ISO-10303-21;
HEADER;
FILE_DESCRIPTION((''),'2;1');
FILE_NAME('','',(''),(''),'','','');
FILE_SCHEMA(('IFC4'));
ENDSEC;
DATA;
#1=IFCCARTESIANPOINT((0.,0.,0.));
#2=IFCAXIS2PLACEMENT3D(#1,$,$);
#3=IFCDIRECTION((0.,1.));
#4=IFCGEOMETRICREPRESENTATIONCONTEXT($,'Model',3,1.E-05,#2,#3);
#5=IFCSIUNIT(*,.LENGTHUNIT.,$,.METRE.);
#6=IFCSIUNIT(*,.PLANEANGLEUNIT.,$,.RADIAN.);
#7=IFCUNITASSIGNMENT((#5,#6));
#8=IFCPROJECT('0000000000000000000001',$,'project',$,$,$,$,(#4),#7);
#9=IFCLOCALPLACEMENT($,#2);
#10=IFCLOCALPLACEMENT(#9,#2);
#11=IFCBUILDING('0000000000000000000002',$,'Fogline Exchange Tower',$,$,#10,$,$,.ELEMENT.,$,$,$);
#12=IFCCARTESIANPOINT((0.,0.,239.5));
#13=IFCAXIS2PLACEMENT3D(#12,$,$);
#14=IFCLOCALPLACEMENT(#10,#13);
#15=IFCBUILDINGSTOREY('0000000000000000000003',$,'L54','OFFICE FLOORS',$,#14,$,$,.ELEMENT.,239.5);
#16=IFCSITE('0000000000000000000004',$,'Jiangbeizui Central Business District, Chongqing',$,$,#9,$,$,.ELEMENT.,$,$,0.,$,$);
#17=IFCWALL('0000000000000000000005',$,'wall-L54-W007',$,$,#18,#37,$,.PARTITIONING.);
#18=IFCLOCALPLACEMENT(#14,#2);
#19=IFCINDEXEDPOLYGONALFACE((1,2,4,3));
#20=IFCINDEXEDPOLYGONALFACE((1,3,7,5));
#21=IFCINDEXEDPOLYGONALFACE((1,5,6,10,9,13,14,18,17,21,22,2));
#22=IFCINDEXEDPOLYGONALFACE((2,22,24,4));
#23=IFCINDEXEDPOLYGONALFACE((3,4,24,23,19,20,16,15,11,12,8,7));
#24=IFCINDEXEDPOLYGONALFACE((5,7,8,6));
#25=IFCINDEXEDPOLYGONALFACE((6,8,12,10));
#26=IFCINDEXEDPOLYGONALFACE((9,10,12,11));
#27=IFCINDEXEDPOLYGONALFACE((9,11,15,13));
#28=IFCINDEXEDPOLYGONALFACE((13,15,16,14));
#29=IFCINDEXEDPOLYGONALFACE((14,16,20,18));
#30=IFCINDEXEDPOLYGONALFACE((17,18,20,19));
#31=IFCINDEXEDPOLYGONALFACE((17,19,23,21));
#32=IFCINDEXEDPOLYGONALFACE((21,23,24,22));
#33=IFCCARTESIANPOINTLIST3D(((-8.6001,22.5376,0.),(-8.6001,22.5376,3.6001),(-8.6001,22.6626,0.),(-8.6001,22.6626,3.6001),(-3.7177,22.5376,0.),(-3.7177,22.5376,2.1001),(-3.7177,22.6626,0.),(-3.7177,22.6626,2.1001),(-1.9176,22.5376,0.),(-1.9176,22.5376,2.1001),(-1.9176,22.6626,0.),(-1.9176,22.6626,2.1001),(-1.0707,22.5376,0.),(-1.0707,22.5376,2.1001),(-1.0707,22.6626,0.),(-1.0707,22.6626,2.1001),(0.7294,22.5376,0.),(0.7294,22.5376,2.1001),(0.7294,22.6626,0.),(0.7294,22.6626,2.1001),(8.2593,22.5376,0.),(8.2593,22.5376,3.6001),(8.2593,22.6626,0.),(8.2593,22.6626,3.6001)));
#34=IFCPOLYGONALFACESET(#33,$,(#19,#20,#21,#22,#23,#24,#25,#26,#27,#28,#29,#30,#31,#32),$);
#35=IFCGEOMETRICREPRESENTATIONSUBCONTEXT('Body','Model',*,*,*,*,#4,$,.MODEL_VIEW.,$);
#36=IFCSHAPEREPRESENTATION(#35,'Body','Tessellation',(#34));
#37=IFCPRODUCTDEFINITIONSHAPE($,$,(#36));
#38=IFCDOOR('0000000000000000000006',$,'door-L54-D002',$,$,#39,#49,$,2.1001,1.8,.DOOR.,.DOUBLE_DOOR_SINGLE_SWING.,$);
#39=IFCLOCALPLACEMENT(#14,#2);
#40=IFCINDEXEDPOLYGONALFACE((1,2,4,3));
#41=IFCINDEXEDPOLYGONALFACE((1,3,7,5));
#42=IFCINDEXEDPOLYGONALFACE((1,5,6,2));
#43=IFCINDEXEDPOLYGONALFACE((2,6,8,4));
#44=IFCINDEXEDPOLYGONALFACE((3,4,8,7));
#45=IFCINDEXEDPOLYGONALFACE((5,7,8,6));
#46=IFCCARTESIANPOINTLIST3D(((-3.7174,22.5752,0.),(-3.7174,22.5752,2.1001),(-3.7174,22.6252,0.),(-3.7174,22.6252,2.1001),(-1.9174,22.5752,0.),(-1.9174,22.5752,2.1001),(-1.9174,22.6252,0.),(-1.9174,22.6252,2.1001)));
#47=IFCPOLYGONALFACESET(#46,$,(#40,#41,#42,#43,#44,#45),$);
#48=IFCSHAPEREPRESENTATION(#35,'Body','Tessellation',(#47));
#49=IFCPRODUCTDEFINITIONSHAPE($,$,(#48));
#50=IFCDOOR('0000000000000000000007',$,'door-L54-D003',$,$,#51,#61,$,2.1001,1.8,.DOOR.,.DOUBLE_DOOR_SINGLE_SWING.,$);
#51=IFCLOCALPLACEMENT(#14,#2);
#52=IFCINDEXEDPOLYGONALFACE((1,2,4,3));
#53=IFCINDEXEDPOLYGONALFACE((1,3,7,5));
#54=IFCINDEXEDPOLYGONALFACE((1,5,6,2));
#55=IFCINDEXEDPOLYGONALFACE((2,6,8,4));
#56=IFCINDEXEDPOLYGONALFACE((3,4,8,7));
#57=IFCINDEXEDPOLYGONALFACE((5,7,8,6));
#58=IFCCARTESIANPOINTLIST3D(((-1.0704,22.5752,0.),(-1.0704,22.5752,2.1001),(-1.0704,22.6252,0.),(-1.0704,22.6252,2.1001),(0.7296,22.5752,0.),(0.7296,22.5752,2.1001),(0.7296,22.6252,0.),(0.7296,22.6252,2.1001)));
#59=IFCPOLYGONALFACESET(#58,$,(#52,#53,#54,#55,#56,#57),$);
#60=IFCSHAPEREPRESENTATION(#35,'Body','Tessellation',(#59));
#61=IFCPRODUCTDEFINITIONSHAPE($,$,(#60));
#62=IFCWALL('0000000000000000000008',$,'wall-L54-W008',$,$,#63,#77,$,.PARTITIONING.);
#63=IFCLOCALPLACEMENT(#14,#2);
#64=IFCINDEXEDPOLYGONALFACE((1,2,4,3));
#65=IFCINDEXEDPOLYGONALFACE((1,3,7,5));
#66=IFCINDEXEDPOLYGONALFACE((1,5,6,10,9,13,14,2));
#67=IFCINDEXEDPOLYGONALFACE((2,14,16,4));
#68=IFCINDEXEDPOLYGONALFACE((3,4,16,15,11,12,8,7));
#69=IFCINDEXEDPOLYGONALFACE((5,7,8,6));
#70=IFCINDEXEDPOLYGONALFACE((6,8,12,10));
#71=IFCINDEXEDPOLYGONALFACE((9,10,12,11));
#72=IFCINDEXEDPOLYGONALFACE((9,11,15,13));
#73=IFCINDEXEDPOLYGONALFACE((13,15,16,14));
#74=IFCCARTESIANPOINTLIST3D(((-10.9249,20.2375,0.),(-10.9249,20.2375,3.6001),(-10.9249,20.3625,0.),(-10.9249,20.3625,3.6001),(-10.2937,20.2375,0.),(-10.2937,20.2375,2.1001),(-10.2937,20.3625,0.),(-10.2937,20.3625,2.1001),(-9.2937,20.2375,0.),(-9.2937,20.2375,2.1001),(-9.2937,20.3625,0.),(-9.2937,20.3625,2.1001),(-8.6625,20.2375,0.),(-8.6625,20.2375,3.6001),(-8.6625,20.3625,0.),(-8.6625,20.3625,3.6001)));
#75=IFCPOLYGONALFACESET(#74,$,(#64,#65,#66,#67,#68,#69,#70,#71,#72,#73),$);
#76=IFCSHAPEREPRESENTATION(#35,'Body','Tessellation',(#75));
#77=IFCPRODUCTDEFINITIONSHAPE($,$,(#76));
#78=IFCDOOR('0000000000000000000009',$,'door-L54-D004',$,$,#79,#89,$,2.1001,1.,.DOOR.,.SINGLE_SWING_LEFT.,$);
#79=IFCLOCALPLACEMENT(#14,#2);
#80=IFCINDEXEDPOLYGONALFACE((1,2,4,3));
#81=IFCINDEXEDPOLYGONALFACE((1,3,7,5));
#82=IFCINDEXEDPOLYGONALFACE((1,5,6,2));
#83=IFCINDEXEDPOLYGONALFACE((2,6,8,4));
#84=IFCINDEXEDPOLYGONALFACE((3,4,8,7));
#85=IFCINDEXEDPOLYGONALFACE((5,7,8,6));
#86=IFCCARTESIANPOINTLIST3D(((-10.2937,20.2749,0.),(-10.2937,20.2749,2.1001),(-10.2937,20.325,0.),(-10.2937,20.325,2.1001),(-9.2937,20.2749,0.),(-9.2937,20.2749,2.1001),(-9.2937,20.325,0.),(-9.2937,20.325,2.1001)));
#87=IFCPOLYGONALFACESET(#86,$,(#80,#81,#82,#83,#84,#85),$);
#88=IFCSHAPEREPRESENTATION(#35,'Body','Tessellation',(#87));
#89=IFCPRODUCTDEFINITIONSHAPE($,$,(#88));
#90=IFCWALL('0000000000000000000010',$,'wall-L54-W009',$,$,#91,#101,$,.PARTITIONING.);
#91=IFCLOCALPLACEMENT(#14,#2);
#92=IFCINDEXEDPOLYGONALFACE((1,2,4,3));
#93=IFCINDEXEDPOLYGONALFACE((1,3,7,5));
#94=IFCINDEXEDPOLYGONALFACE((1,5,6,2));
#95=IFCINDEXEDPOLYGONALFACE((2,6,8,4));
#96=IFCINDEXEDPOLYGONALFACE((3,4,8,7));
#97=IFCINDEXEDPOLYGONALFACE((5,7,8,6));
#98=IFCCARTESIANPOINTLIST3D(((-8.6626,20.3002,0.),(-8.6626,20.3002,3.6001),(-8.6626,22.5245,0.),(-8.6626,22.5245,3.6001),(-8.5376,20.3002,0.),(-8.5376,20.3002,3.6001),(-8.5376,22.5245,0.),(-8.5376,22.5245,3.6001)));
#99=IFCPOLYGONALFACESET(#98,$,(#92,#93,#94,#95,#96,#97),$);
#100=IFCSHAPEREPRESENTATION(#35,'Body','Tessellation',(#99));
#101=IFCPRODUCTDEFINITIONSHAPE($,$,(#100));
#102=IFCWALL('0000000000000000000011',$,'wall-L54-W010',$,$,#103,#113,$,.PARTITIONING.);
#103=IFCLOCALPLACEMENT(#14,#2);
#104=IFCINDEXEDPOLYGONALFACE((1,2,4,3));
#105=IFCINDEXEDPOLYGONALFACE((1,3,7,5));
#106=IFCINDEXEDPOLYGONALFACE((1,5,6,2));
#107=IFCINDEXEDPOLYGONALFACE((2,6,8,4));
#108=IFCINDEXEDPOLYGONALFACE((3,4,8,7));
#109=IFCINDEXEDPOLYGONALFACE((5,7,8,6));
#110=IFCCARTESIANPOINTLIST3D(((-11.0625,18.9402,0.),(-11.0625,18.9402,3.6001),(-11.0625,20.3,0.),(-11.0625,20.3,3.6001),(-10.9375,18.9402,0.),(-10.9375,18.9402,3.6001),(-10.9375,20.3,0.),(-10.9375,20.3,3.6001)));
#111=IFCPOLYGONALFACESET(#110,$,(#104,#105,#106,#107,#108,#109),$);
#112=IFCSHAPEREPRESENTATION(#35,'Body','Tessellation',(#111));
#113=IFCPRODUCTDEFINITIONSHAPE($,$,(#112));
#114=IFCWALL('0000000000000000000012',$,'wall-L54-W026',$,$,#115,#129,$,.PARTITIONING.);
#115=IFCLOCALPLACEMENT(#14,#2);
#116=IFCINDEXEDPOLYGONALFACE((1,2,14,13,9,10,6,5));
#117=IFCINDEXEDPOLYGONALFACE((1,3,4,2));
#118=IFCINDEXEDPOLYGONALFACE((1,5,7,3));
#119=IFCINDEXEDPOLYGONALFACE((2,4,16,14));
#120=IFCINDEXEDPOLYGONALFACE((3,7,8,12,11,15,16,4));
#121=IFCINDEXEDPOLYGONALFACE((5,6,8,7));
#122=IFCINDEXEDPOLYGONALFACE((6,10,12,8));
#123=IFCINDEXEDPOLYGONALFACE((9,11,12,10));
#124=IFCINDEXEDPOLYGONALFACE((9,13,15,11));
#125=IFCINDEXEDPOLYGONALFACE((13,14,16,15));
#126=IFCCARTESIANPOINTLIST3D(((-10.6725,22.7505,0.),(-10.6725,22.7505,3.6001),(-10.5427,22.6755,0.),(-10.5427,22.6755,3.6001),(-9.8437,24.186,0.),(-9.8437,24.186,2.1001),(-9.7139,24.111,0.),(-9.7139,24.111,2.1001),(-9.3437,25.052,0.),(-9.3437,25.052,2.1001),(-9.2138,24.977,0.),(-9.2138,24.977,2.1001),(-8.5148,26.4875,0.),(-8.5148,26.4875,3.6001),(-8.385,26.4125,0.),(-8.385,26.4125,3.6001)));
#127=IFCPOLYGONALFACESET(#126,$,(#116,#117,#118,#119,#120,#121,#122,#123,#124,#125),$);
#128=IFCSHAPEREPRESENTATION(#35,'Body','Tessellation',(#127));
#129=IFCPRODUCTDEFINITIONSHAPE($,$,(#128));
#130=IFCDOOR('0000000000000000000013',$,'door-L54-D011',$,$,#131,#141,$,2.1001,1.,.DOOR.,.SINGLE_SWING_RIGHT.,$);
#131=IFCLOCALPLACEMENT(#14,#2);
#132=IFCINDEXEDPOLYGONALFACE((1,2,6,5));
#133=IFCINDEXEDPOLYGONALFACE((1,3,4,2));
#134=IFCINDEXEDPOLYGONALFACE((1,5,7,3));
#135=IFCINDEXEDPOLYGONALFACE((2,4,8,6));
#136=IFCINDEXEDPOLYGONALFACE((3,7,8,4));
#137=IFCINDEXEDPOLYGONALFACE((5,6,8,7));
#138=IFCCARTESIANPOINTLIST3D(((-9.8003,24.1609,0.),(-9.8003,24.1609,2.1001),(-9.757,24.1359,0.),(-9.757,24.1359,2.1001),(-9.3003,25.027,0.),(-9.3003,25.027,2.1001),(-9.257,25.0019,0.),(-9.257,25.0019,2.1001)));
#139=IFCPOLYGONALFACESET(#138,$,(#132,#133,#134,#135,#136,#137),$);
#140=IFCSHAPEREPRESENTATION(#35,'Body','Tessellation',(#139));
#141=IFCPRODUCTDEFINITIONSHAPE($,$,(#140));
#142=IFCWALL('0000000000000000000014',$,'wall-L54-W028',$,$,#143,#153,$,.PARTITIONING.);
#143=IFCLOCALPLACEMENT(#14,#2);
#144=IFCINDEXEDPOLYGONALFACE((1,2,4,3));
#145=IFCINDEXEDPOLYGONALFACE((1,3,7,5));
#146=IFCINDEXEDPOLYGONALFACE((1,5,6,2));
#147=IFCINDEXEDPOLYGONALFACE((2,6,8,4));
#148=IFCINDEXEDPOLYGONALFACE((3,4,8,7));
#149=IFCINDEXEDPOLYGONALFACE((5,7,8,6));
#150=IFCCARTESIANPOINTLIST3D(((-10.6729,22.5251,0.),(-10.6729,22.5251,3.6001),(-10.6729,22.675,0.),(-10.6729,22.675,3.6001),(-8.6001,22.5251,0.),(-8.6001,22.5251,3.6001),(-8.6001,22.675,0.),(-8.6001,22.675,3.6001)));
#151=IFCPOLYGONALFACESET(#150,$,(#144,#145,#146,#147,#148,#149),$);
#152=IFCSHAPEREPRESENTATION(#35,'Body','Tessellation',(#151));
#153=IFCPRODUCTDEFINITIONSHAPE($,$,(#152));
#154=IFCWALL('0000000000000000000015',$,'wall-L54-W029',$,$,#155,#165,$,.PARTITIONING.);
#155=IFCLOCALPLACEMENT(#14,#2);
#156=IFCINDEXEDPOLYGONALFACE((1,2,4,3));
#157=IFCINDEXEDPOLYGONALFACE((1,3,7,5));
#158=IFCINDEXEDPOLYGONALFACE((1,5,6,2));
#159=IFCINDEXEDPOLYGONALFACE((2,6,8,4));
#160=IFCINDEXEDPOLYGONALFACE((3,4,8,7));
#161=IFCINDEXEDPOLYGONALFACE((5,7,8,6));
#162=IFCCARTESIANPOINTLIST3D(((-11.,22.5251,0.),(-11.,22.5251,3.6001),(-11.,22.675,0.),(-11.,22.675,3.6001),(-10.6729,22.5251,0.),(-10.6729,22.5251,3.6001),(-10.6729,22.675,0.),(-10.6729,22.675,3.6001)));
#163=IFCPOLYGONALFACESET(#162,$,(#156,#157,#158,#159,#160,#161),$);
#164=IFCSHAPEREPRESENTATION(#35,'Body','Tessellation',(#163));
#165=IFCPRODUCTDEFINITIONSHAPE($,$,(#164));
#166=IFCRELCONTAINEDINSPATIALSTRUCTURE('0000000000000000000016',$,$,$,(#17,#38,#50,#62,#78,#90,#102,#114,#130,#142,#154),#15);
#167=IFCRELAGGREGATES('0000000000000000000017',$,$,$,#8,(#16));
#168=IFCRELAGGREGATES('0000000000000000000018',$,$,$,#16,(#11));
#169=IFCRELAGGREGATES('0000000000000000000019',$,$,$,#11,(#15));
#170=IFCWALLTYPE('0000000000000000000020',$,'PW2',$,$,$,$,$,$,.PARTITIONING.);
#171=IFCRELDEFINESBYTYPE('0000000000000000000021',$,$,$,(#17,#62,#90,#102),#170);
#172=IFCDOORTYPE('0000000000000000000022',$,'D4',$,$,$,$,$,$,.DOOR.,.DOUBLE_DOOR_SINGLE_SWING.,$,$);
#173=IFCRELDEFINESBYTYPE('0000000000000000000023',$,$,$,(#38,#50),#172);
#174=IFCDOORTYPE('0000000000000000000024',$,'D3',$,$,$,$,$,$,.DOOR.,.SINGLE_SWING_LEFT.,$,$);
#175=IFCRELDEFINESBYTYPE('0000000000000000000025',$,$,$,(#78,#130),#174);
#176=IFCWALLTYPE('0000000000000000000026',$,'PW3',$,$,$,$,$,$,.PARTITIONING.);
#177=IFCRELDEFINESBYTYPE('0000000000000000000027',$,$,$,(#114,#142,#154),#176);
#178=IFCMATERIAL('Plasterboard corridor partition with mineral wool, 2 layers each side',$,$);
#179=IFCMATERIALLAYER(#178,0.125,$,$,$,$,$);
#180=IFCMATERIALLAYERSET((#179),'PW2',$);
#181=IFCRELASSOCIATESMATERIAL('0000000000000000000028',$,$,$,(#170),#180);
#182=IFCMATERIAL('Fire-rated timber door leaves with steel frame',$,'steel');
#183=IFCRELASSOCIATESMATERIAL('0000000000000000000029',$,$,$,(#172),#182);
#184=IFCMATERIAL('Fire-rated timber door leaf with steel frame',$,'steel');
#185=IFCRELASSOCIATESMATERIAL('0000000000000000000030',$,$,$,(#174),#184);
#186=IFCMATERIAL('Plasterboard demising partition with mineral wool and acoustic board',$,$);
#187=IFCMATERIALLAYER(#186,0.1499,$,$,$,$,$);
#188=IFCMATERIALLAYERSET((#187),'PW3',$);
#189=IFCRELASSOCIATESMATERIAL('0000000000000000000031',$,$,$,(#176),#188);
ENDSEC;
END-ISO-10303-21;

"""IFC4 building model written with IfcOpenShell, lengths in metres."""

from ifc_helpers import new_model, si_unit, direction, frame, frame_2d, origin, place, context, subcontext, project, spatial, rectangle, extrude, material, layer, layer_set, type_object, element, fill, save


model = new_model("IFC4")

# Units and contexts
model_context = context("Model", 3, precision=1e-05, world=origin(), true_north=direction((0.0, 1.0)))
body_context = subcontext(model_context, "Body", "Model", "MODEL_VIEW")
ifc_project = project(units=[si_unit("LENGTHUNIT", "METRE"), si_unit("PLANEANGLEUNIT", "RADIAN")], contexts=[model_context])

# Site, building, storey
site_placement = place(None, origin())
site = spatial("IfcSite", under=ifc_project, at=site_placement, Name="Jiangbeizui Central Business District, Chongqing", CompositionType="ELEMENT", RefElevation=0.0)
building_placement = place(site_placement, origin())
building = spatial("IfcBuilding", under=site, at=building_placement, Name="Fogline Exchange Tower", CompositionType="ELEMENT")
storey_placement = place(building_placement, frame((0.0, 0.0, 239.5)))
storey = spatial("IfcBuildingStorey", under=building, at=storey_placement, Name="L54", Description="OFFICE FLOORS", CompositionType="ELEMENT", Elevation=239.5)

# Wall, openings, doors
ifc_material_1 = material(Name="Plasterboard corridor partition with mineral wool, 2 layers each side")
ifc_layer_1 = layer(ifc_material_1, 0.125)
ifc_layer_set_1 = layer_set([ifc_layer_1], Name="PW2")
wall_type_1 = type_object("IfcWallType", Name="PW2", PredefinedType="PARTITIONING", material=ifc_layer_set_1)
wall_1_placement = place(storey_placement, frame((-8.6001, 22.6001, 0.0), z_axis=(0.0, 0.0, 1.0), x_axis=(1.0, 0.0, 0.0)))
wall_1 = element("IfcWall", 1, at=wall_1_placement, inside=storey, type_object=wall_type_1, Name="wall-L54-W007", PredefinedType="PARTITIONING", context=body_context, shape_type="SweptSolid", body=[
    extrude(rectangle(XDim=16.8594, YDim=0.125, at=frame_2d((8.4297, 0.0))), origin(), (0.0, 0.0, 1.0), 3.6001),
])
opening_1_placement = place(wall_1_placement, frame((4.8826, 0.0, 0.0)))
opening_1 = element("IfcOpeningElement", 2, at=opening_1_placement, cuts=wall_1, PredefinedType="OPENING", context=body_context, shape_type="SweptSolid", body=[
    extrude(rectangle(XDim=1.8, YDim=2.1001, at=frame_2d((0.8999, 1.05))), frame((0.0, 0.0725, 0.0), z_axis=(0.0, -1.0, 0.0), x_axis=(1.0, 0.0, 0.0)), (0.0, 0.0, 1.0), 0.145),
])
opening_2_placement = place(wall_1_placement, frame((7.5295, 0.0, 0.0)))
opening_2 = element("IfcOpeningElement", 3, at=opening_2_placement, cuts=wall_1, PredefinedType="OPENING", context=body_context, shape_type="SweptSolid", body=[
    extrude(rectangle(XDim=1.8, YDim=2.1001, at=frame_2d((0.8999, 1.05))), frame((0.0, 0.0725, 0.0), z_axis=(0.0, -1.0, 0.0), x_axis=(1.0, 0.0, 0.0)), (0.0, 0.0, 1.0), 0.145),
])
ifc_material_2 = material(Name="Fire-rated timber door leaves with steel frame", Category="steel")
door_type_1 = type_object("IfcDoorType", Name="D4", OperationType="DOUBLE_DOOR_SINGLE_SWING", PredefinedType="DOOR", material=ifc_material_2)
door_1_placement = place(opening_1_placement, frame((1.8, 0.0, 0.0), z_axis=(0.0, 0.0, 1.0), x_axis=(-1.0, 0.0, 0.0)))
door_1 = element("IfcDoor", 4, at=door_1_placement, inside=storey, type_object=door_type_1, Name="door-L54-D002", OperationType="DOUBLE_DOOR_SINGLE_SWING", OverallHeight=2.1001, OverallWidth=1.8, PredefinedType="DOOR", context=body_context, shape_type="SweptSolid", body=[
    extrude(rectangle(XDim=1.8, YDim=2.1001, at=frame_2d((0.8999, 1.05))), frame((0.0, 0.0249, 0.0), z_axis=(0.0, -1.0, 0.0), x_axis=(1.0, 0.0, 0.0)), (0.0, 0.0, 1.0), 0.05),
])
fill(opening_1, door_1)
door_2_placement = place(opening_2_placement, frame((1.8, 0.0, 0.0), z_axis=(0.0, 0.0, 1.0), x_axis=(-1.0, 0.0, 0.0)))
door_2 = element("IfcDoor", 5, at=door_2_placement, inside=storey, type_object=door_type_1, Name="door-L54-D003", OperationType="DOUBLE_DOOR_SINGLE_SWING", OverallHeight=2.1001, OverallWidth=1.8, PredefinedType="DOOR", context=body_context, shape_type="SweptSolid", body=[
    extrude(rectangle(XDim=1.8, YDim=2.1001, at=frame_2d((0.8999, 1.05))), frame((0.0, 0.0249, 0.0), z_axis=(0.0, -1.0, 0.0), x_axis=(1.0, 0.0, 0.0)), (0.0, 0.0, 1.0), 0.05),
])
fill(opening_2, door_2)

# Wall, opening, door
wall_2_placement = place(storey_placement, frame((-10.925, 20.3, 0.0), z_axis=(0.0, 0.0, 1.0), x_axis=(1.0, 0.0, 0.0)))
wall_2 = element("IfcWall", 6, at=wall_2_placement, inside=storey, type_object=wall_type_1, Name="wall-L54-W008", PredefinedType="PARTITIONING", context=body_context, shape_type="SweptSolid", body=[
    extrude(rectangle(XDim=2.2625, YDim=0.125, at=frame_2d((1.1313, 0.0))), origin(), (0.0, 0.0, 1.0), 3.6001),
])
opening_3_placement = place(wall_2_placement, frame((0.6313, 0.0, 0.0)))
opening_3 = element("IfcOpeningElement", 7, at=opening_3_placement, cuts=wall_2, PredefinedType="OPENING", context=body_context, shape_type="SweptSolid", body=[
    extrude(rectangle(XDim=1.0, YDim=2.1001, at=frame_2d((0.5, 1.05))), frame((0.0, 0.0725, 0.0), z_axis=(0.0, -1.0, 0.0), x_axis=(1.0, 0.0, 0.0)), (0.0, 0.0, 1.0), 0.145),
])
ifc_material_3 = material(Name="Fire-rated timber door leaf with steel frame", Category="steel")
door_type_2 = type_object("IfcDoorType", Name="D3", OperationType="SINGLE_SWING_LEFT", PredefinedType="DOOR", material=ifc_material_3)
door_3_placement = place(opening_3_placement, origin())
door_3 = element("IfcDoor", 8, at=door_3_placement, inside=storey, type_object=door_type_2, Name="door-L54-D004", OperationType="SINGLE_SWING_LEFT", OverallHeight=2.1001, OverallWidth=1.0, PredefinedType="DOOR", context=body_context, shape_type="SweptSolid", body=[
    extrude(rectangle(XDim=1.0, YDim=2.1001, at=frame_2d((0.5, 1.05))), frame((0.0, 0.0249, 0.0), z_axis=(0.0, -1.0, 0.0), x_axis=(1.0, 0.0, 0.0)), (0.0, 0.0, 1.0), 0.05),
])
fill(opening_3, door_3)

# Walls
wall_3_placement = place(storey_placement, frame((-8.6001, 20.3, 0.0), z_axis=(0.0, 0.0, 1.0), x_axis=(0.0, 1.0, 0.0)))
element("IfcWall", 9, at=wall_3_placement, inside=storey, type_object=wall_type_1, Name="wall-L54-W009", PredefinedType="PARTITIONING", context=body_context, shape_type="SweptSolid", body=[
    extrude(rectangle(XDim=2.2244, YDim=0.125, at=frame_2d((1.1123, 0.0))), origin(), (0.0, 0.0, 1.0), 3.6001),
])
wall_4_placement = place(storey_placement, frame((-11.0, 18.9402, 0.0), z_axis=(0.0, 0.0, 1.0), x_axis=(0.0, 1.0, 0.0)))
element("IfcWall", 10, at=wall_4_placement, inside=storey, type_object=wall_type_1, Name="wall-L54-W010", PredefinedType="PARTITIONING", context=body_context, shape_type="SweptSolid", body=[
    extrude(rectangle(XDim=1.3599, YDim=0.125, at=frame_2d((0.6799, 0.0))), origin(), (0.0, 0.0, 1.0), 3.6001),
])

# Wall, opening, door
ifc_material_4 = material(Name="Plasterboard demising partition with mineral wool and acoustic board")
ifc_layer_2 = layer(ifc_material_4, 0.1499)
ifc_layer_set_2 = layer_set([ifc_layer_2], Name="PW3")
wall_type_2 = type_object("IfcWallType", Name="PW3", PredefinedType="PARTITIONING", material=ifc_layer_set_2)
wall_5_placement = place(storey_placement, frame((-10.6077, 22.7129, 0.0), z_axis=(0.0, 0.0, 1.0), x_axis=(0.500021, 0.866013, 0.0)))
wall_5 = element("IfcWall", 11, at=wall_5_placement, inside=storey, type_object=wall_type_2, Name="wall-L54-W026", PredefinedType="PARTITIONING", context=body_context, shape_type="SweptSolid", body=[
    extrude(rectangle(XDim=4.3152, YDim=0.1499, at=frame_2d((2.1577, 0.0))), origin(), (0.0, 0.0, 1.0), 3.6001),
])
opening_4_placement = place(wall_5_placement, frame((1.6577, 0.0, 0.0)))
opening_4 = element("IfcOpeningElement", 12, at=opening_4_placement, cuts=wall_5, PredefinedType="OPENING", context=body_context, shape_type="SweptSolid", body=[
    extrude(rectangle(XDim=1.0, YDim=2.1001, at=frame_2d((0.5, 1.05))), frame((0.0, 0.085, 0.0), z_axis=(0.0, -1.0, 0.0), x_axis=(1.0, 0.0, 0.0)), (0.0, 0.0, 1.0), 0.1699),
])
door_4_placement = place(opening_4_placement, origin())
door_4 = element("IfcDoor", 13, at=door_4_placement, inside=storey, type_object=door_type_2, Name="door-L54-D011", OperationType="SINGLE_SWING_RIGHT", OverallHeight=2.1001, OverallWidth=1.0, PredefinedType="DOOR", context=body_context, shape_type="SweptSolid", body=[
    extrude(rectangle(XDim=1.0, YDim=2.1001, at=frame_2d((0.5, 1.05))), frame((0.0, 0.0249, 0.0), z_axis=(0.0, -1.0, 0.0), x_axis=(1.0, 0.0, 0.0)), (0.0, 0.0, 1.0), 0.05),
])
fill(opening_4, door_4)

# Walls
wall_6_placement = place(storey_placement, frame((-8.6001, 22.6001, 0.0), z_axis=(0.0, 0.0, 1.0), x_axis=(-1.0, 0.0, 0.0)))
element("IfcWall", 14, at=wall_6_placement, inside=storey, type_object=wall_type_2, Name="wall-L54-W028", PredefinedType="PARTITIONING", context=body_context, shape_type="SweptSolid", body=[
    extrude(rectangle(XDim=2.0728, YDim=0.1499, at=frame_2d((1.0364, 0.0))), origin(), (0.0, 0.0, 1.0), 3.6001),
])
wall_7_placement = place(storey_placement, frame((-10.6729, 22.6001, 0.0), z_axis=(0.0, 0.0, 1.0), x_axis=(-1.0, 0.0, 0.0)))
element("IfcWall", 15, at=wall_7_placement, inside=storey, type_object=wall_type_2, Name="wall-L54-W029", PredefinedType="PARTITIONING", context=body_context, shape_type="SweptSolid", body=[
    extrude(rectangle(XDim=0.3271, YDim=0.1499, at=frame_2d((0.1636, 0.0))), origin(), (0.0, 0.0, 1.0), 3.6001),
])

save(model, "model.ifc")
